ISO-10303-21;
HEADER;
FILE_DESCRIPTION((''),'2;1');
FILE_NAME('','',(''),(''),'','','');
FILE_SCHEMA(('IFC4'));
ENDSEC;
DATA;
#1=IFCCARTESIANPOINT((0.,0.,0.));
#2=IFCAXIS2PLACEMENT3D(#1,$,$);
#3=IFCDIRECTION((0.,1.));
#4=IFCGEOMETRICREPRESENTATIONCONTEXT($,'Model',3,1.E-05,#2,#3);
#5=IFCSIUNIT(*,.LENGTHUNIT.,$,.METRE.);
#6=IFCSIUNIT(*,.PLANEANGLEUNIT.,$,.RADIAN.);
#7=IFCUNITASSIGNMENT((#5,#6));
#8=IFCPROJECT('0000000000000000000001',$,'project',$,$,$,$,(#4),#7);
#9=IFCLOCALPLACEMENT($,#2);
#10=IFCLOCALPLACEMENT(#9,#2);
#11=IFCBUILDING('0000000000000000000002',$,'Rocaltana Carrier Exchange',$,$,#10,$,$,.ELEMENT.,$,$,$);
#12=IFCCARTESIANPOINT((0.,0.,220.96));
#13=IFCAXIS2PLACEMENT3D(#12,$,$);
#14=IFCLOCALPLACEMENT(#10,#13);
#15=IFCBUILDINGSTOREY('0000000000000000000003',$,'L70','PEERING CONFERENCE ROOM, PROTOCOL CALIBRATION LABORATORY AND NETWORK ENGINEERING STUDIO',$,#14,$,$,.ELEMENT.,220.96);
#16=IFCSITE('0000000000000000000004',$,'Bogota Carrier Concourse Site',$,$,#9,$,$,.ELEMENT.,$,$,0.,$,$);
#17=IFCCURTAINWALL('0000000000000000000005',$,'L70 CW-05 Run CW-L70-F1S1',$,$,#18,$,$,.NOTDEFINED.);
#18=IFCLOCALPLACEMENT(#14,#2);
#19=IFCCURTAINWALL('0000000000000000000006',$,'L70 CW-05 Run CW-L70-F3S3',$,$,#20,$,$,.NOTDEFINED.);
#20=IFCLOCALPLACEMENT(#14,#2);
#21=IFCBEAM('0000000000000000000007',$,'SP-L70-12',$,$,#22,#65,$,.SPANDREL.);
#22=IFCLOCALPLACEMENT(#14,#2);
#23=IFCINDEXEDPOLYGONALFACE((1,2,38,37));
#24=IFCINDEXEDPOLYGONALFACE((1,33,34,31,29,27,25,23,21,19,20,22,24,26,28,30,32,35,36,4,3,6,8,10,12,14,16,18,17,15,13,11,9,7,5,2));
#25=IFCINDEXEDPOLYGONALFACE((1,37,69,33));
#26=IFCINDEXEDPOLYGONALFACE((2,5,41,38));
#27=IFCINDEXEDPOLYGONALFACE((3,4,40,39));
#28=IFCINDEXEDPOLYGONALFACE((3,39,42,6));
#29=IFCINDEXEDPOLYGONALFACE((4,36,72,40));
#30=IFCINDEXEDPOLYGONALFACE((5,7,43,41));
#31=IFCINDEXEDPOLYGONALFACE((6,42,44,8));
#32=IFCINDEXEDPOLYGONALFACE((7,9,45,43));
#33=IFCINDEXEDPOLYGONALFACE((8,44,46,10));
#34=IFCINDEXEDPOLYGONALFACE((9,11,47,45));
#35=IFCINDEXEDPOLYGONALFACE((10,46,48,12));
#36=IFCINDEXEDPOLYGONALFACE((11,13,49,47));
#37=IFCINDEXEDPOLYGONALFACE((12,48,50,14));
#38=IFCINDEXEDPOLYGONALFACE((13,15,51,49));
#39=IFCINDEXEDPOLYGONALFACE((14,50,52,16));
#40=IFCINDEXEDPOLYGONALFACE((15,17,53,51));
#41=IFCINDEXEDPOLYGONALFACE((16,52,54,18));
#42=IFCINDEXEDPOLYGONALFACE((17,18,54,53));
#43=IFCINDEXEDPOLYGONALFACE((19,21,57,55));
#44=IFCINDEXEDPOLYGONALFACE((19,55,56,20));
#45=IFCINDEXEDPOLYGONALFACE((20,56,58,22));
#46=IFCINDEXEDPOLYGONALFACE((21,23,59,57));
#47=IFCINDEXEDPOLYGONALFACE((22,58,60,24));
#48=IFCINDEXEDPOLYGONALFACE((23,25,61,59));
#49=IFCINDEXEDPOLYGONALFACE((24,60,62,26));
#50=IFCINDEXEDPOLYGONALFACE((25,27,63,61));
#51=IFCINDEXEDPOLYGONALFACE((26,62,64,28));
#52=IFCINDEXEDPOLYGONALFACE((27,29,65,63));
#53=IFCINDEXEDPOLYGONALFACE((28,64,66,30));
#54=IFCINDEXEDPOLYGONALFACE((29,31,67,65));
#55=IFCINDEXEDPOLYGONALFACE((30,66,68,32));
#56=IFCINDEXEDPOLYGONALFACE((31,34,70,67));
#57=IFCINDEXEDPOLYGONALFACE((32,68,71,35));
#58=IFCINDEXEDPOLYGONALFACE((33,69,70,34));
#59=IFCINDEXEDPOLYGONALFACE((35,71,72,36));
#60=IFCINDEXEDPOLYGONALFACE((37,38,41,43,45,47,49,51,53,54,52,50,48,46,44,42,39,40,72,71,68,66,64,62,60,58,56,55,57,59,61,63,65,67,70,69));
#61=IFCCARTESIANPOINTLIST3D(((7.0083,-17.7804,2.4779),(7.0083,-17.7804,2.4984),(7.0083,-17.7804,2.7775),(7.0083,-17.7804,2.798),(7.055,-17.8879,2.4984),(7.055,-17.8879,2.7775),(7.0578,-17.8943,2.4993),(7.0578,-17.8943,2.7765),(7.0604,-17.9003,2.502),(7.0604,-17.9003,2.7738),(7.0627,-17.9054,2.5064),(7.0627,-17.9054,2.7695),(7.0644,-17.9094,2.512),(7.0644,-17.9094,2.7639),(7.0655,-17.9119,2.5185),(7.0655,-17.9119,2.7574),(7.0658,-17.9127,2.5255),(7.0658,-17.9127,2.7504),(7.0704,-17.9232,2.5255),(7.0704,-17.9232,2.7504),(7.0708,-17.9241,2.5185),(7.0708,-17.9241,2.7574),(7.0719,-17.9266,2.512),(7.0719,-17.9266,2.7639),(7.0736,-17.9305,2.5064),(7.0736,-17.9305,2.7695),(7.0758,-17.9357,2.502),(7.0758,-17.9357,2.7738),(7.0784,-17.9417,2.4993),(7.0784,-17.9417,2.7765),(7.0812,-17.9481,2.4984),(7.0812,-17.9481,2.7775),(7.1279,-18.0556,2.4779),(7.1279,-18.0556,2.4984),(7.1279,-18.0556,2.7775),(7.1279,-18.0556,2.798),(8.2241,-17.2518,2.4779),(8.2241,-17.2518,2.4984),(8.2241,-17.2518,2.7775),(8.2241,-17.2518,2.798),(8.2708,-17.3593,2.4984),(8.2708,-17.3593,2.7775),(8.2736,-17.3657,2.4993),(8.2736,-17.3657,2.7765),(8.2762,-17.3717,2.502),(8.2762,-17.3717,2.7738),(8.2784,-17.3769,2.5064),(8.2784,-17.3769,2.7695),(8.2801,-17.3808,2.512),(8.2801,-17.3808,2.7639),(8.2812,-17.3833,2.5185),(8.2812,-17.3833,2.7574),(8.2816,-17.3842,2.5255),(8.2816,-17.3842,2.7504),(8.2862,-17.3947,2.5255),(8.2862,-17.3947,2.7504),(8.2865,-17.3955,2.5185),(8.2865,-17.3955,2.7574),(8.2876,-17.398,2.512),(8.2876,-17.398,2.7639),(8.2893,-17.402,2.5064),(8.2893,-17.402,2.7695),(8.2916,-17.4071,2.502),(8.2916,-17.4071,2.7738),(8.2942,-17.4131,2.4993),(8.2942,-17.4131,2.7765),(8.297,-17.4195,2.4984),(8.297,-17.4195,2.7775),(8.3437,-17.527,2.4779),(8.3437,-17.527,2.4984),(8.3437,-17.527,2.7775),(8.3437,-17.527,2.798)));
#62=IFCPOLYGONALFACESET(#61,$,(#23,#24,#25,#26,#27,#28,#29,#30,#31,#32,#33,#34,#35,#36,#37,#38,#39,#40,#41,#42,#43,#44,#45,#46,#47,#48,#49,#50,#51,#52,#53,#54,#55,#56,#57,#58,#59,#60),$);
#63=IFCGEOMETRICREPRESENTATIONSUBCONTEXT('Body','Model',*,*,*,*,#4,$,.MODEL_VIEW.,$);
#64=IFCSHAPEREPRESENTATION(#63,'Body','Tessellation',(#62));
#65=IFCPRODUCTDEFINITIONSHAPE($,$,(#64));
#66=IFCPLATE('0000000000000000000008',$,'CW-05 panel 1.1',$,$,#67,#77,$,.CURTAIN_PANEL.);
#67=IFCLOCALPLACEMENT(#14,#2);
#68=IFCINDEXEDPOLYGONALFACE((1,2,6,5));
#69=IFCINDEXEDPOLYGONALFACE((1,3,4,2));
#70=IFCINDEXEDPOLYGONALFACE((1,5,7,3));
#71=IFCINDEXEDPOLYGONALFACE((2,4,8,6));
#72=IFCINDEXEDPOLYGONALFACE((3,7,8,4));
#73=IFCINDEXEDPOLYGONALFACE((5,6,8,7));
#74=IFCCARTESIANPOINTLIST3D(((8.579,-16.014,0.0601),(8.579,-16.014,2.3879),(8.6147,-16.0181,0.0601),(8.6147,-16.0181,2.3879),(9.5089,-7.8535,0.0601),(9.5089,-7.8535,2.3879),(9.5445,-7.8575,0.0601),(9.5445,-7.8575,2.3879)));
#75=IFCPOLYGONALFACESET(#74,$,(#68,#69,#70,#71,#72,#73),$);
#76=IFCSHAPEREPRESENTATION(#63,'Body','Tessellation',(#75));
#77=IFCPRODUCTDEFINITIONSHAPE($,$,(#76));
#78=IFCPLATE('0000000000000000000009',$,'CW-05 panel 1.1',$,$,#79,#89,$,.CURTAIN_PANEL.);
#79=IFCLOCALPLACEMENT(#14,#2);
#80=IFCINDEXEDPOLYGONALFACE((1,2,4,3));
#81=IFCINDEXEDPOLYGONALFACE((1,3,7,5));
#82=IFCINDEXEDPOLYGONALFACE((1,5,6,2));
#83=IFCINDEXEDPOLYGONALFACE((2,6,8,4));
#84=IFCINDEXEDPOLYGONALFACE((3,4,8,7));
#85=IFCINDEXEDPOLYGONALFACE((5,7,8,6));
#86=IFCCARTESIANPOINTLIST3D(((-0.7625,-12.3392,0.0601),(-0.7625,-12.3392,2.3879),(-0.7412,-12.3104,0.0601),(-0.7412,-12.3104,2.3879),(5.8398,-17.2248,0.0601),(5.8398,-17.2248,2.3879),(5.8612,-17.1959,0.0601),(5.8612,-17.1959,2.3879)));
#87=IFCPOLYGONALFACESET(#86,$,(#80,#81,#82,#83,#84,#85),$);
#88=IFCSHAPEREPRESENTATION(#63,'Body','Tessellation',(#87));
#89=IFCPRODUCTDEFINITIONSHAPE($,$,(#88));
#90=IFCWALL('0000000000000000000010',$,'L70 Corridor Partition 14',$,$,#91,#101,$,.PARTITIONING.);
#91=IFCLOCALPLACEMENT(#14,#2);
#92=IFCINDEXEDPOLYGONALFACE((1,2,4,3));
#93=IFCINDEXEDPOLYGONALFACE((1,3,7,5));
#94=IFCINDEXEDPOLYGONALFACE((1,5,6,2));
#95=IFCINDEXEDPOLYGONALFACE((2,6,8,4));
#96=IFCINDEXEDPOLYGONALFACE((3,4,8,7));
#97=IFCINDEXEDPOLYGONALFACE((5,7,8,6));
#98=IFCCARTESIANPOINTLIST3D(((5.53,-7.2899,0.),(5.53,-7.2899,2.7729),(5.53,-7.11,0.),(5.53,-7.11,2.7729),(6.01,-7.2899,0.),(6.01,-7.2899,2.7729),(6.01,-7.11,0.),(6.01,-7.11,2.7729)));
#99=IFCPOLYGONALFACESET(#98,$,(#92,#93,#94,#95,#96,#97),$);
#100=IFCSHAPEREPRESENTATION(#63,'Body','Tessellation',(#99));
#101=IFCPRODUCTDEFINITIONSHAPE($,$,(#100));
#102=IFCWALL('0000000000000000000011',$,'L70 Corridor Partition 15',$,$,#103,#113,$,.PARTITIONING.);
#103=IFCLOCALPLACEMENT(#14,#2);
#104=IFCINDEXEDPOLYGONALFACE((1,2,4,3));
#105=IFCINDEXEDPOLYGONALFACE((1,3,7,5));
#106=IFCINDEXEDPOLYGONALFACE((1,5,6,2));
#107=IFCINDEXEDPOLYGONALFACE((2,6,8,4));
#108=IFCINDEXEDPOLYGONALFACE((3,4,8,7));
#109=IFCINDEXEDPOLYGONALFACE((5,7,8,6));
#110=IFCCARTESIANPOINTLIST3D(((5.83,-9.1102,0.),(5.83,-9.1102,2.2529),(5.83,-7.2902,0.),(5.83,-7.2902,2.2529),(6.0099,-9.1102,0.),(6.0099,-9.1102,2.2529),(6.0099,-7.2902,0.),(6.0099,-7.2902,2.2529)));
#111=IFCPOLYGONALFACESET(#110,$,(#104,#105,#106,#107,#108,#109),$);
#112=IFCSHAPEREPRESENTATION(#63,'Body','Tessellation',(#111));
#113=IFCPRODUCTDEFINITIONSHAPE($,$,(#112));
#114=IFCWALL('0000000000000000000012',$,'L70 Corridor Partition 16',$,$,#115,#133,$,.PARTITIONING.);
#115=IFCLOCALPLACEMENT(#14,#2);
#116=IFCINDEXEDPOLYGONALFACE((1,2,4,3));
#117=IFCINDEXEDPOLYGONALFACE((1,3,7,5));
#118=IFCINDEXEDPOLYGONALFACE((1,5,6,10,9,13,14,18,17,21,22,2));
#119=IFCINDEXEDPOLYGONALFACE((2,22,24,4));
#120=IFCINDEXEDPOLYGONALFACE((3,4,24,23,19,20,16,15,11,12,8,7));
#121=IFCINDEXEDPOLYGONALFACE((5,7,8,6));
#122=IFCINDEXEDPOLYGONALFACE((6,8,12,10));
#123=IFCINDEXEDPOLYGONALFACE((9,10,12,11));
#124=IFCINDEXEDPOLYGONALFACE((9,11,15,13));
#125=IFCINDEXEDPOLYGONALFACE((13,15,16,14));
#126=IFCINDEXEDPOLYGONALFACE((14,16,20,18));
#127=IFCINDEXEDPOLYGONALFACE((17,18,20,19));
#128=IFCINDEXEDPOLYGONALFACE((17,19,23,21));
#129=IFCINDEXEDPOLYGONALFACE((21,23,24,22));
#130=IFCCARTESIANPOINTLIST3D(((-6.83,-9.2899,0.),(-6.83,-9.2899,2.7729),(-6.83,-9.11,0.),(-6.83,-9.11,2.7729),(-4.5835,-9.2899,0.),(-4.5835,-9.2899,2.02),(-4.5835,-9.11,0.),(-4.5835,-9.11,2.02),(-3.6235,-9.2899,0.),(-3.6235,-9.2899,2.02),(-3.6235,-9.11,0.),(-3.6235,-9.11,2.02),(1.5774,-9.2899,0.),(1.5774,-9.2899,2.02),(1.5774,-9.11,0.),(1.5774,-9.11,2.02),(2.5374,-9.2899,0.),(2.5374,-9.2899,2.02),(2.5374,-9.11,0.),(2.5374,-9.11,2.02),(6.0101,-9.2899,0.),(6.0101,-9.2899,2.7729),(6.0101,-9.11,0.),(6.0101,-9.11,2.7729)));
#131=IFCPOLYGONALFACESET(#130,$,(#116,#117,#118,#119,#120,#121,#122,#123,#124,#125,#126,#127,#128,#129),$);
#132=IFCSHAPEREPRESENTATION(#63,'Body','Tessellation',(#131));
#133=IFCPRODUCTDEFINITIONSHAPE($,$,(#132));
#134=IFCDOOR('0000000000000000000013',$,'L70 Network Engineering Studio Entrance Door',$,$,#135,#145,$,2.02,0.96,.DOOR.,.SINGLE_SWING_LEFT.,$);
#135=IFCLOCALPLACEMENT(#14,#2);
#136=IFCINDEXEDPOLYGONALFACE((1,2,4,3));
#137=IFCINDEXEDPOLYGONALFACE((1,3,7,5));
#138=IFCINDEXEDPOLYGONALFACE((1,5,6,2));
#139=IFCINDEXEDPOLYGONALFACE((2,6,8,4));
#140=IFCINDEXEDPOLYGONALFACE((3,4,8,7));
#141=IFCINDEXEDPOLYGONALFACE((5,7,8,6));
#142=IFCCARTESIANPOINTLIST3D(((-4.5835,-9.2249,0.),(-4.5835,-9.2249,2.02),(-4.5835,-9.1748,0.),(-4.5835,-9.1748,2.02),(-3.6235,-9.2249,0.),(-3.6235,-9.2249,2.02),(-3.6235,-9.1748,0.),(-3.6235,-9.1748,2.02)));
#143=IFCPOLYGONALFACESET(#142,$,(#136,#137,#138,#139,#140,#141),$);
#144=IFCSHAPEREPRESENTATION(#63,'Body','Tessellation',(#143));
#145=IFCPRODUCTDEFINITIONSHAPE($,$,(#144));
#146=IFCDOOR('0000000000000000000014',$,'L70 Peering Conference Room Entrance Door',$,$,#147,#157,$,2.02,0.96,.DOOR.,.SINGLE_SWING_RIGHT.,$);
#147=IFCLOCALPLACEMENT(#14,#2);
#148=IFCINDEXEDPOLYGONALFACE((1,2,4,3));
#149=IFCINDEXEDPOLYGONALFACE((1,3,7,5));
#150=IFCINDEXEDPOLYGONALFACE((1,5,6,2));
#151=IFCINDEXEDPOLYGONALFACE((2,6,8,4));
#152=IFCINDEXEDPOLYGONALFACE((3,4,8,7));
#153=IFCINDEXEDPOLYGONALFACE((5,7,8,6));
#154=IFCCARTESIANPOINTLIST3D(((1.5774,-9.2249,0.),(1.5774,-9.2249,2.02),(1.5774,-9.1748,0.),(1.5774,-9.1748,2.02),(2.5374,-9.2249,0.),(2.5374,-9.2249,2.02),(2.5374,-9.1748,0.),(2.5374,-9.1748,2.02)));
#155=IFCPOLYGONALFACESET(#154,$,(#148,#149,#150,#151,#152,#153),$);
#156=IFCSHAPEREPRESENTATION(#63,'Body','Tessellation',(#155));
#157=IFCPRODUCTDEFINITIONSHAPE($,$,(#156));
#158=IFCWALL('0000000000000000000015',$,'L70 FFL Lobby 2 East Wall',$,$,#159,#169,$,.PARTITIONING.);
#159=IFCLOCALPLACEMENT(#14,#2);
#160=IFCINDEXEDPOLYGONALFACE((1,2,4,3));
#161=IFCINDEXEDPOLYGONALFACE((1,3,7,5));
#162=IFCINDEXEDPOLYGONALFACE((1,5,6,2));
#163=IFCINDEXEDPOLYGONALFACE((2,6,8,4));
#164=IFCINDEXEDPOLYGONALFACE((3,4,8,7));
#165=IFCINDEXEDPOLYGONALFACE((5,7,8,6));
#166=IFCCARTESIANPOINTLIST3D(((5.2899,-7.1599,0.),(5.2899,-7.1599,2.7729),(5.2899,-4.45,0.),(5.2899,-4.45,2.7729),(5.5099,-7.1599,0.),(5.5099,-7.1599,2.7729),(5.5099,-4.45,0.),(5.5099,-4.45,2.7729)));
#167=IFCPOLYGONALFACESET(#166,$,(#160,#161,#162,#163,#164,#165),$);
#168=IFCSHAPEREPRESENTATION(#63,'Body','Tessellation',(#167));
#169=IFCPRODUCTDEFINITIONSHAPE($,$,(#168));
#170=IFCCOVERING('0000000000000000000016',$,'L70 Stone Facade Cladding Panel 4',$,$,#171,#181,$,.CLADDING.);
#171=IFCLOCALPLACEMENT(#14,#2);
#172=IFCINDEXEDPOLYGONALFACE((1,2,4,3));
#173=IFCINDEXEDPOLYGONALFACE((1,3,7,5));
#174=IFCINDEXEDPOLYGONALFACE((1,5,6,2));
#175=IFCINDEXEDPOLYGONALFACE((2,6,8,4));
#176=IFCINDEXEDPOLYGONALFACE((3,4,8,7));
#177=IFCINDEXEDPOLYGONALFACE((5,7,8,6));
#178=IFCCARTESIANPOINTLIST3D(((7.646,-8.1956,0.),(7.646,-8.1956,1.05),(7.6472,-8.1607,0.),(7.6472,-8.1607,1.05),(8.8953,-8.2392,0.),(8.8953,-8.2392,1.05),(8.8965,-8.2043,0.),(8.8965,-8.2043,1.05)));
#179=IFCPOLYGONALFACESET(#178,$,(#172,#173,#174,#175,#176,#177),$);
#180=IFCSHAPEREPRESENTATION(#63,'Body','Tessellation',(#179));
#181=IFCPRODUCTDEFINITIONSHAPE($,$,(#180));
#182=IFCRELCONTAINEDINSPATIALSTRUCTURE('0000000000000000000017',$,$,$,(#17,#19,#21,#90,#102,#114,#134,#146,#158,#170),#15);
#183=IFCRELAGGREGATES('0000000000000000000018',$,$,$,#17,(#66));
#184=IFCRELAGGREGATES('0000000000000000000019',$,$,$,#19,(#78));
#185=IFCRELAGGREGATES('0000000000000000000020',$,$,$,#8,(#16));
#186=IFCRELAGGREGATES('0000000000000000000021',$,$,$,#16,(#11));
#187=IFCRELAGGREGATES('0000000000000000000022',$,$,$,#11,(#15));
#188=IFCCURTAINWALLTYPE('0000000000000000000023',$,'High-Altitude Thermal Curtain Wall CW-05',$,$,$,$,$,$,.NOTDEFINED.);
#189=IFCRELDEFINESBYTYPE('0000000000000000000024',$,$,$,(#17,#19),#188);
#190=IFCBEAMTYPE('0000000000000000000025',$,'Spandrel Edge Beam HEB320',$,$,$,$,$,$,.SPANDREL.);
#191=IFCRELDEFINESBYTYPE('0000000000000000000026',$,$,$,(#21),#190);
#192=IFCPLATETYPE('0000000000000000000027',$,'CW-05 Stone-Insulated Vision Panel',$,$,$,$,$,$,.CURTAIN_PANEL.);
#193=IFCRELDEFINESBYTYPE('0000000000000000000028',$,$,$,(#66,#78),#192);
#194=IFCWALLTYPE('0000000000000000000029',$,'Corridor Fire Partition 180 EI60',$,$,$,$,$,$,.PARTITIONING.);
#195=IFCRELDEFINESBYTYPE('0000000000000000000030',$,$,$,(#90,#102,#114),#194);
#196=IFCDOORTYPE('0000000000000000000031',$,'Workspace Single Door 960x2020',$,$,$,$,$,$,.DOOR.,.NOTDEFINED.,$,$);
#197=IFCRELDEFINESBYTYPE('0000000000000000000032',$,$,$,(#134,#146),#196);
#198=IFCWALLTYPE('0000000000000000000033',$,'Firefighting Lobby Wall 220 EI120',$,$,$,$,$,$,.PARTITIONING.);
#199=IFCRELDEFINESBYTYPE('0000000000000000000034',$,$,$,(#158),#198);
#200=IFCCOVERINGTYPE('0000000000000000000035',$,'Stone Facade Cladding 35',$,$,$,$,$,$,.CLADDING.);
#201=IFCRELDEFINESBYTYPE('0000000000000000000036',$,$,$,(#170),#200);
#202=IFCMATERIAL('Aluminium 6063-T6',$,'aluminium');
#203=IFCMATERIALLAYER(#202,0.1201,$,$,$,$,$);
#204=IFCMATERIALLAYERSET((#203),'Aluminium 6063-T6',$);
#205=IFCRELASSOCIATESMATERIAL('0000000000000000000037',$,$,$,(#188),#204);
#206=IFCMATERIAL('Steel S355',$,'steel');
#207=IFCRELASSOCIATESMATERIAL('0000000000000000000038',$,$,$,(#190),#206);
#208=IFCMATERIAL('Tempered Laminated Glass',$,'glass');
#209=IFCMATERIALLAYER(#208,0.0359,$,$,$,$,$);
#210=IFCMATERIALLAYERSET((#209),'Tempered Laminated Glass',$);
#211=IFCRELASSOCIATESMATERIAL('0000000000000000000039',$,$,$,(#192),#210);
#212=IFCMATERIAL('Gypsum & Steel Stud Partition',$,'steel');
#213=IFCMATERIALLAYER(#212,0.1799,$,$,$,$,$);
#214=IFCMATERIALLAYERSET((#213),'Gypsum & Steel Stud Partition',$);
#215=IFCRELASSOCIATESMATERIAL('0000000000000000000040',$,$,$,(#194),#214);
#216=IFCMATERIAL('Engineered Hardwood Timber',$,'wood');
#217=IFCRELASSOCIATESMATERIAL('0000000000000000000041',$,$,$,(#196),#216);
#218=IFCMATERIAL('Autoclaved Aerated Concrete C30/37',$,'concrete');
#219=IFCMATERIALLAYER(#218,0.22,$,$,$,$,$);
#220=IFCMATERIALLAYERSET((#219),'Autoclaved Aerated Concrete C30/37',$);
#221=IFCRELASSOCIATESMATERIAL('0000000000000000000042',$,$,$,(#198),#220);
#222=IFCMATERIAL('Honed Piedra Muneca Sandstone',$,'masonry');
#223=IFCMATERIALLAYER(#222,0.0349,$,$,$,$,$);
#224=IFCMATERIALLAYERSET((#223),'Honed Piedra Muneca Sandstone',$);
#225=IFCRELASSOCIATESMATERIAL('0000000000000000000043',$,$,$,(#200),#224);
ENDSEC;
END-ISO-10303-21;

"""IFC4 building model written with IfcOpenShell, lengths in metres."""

from ifc_helpers import new_model, si_unit, direction, frame, frame_2d, origin, origin_2d, place, context, subcontext, project, spatial, rectangle, i_section, extrude, material, layer, layer_set, material_profile, profile_set, type_object, element, fill, aggregate, save


model = new_model("IFC4")

# Units and contexts
model_context = context("Model", 3, precision=1e-05, world=origin(), true_north=direction((0.0, 1.0)))
body_context = subcontext(model_context, "Body", "Model", "MODEL_VIEW")
ifc_project = project(units=[si_unit("LENGTHUNIT", "METRE"), si_unit("PLANEANGLEUNIT", "RADIAN")], contexts=[model_context])

# Site, building, storey
site_placement = place(None, origin())
site = spatial("IfcSite", under=ifc_project, at=site_placement, Name="Bogota Carrier Concourse Site", CompositionType="ELEMENT", RefElevation=0.0)
building_placement = place(site_placement, origin())
building = spatial("IfcBuilding", under=site, at=building_placement, Name="Rocaltana Carrier Exchange", CompositionType="ELEMENT")
storey_placement = place(building_placement, frame((0.0, 0.0, 220.96)))
storey = spatial("IfcBuildingStorey", under=building, at=storey_placement, Name="L70", Description="PEERING CONFERENCE ROOM, PROTOCOL CALIBRATION LABORATORY AND NETWORK ENGINEERING STUDIO", CompositionType="ELEMENT", Elevation=220.96)

# Curtain wall
ifc_material_1 = material(Name="Aluminium 6063-T6", Category="aluminium")
ifc_layer_1 = layer(ifc_material_1, 0.1201)
ifc_layer_set_1 = layer_set([ifc_layer_1], Name="Aluminium 6063-T6")
curtain_wall_type = type_object("IfcCurtainWallType", Name="High-Altitude Thermal Curtain Wall CW-05", PredefinedType="NOTDEFINED", material=ifc_layer_set_1)
curtain_wall_1_placement = place(storey_placement, origin())
curtain_wall_1 = element("IfcCurtainWall", 1, at=curtain_wall_1_placement, inside=storey, type_object=curtain_wall_type, Name="L70 CW-05 Run CW-L70-F1S1", PredefinedType="NOTDEFINED")

# Curtain wall
curtain_wall_2_placement = place(storey_placement, origin())
curtain_wall_2 = element("IfcCurtainWall", 2, at=curtain_wall_2_placement, inside=storey, type_object=curtain_wall_type, Name="L70 CW-05 Run CW-L70-F3S3", PredefinedType="NOTDEFINED")

# Beam
ifc_material_2 = material(Name="Steel S355", Category="steel")
ifc_material_profile_1 = material_profile(ifc_material_2, i_section(OverallWidth=0.3, OverallDepth=0.3201, WebThickness=0.0115, FlangeThickness=0.0205, FilletRadius=0.0271, at=origin_2d()), Name="HEB320")
ifc_profile_set_1 = profile_set([ifc_material_profile_1], Name="Steel S355")
beam_type_1 = type_object("IfcBeamType", Name="Spandrel Edge Beam HEB320", PredefinedType="SPANDREL", material=ifc_profile_set_1)
beam_1_placement = place(storey_placement, frame((7.0681, -17.918, 2.6379), z_axis=(0.917085, 0.398692, 0.0), x_axis=(-0.398692, 0.917085, 0.0)))
element("IfcBeam", 3, at=beam_1_placement, inside=storey, type_object=beam_type_1, Name="SP-L70-12", PredefinedType="SPANDREL", context=body_context, shape_type="SweptSolid", body=[
    extrude(i_section(OverallWidth=0.3, OverallDepth=0.3201, WebThickness=0.0115, FlangeThickness=0.0205, FilletRadius=0.0271, at=origin_2d()), origin(), (0.0, 0.0, 1.0), 1.3257),
])

# Plates
ifc_material_3 = material(Name="Tempered Laminated Glass", Category="glass")
ifc_layer_2 = layer(ifc_material_3, 0.0359)
ifc_layer_set_2 = layer_set([ifc_layer_2], Name="Tempered Laminated Glass")
plate_type = type_object("IfcPlateType", Name="CW-05 Stone-Insulated Vision Panel", PredefinedType="CURTAIN_PANEL", material=ifc_layer_set_2)
plate_1_placement = place(storey_placement, frame((9.0618, -11.9358, 0.0601), z_axis=(0.0, 0.0, 1.0), x_axis=(0.113209, 0.993571, 0.0)))
plate_1 = element("IfcPlate", 4, at=plate_1_placement, type_object=plate_type, Name="CW-05 panel 1.1", PredefinedType="CURTAIN_PANEL", context=body_context, shape_type="SweptSolid", body=[
    extrude(rectangle(XDim=8.2134, YDim=0.0359, at=origin_2d()), origin(), (0.0, 0.0, 1.0), 2.3279),
])
aggregate(curtain_wall_1, [plate_1])
plate_2_placement = place(storey_placement, frame((2.5493, -14.7676, 0.0601), z_axis=(0.0, 0.0, 1.0), x_axis=(0.803854, -0.594827, 0.0)))
plate_2 = element("IfcPlate", 5, at=plate_2_placement, type_object=plate_type, Name="CW-05 panel 1.1", PredefinedType="CURTAIN_PANEL", context=body_context, shape_type="SweptSolid", body=[
    extrude(rectangle(XDim=8.2134, YDim=0.0359, at=origin_2d()), origin(), (0.0, 0.0, 1.0), 2.3279),
])
aggregate(curtain_wall_2, [plate_2])

# Walls
ifc_material_4 = material(Name="Gypsum & Steel Stud Partition", Category="steel")
ifc_layer_3 = layer(ifc_material_4, 0.1799)
ifc_layer_set_3 = layer_set([ifc_layer_3], Name="Gypsum & Steel Stud Partition")
wall_type_1 = type_object("IfcWallType", Name="Corridor Fire Partition 180 EI60", PredefinedType="PARTITIONING", material=ifc_layer_set_3)
wall_1_placement = place(storey_placement, frame((5.53, -7.2, 0.0), z_axis=(0.0, 0.0, 1.0), x_axis=(1.0, 0.0, 0.0)))
element("IfcWall", 6, at=wall_1_placement, inside=storey, type_object=wall_type_1, Name="L70 Corridor Partition 14", PredefinedType="PARTITIONING", context=body_context, shape_type="SweptSolid", body=[
    extrude(rectangle(XDim=0.48, YDim=0.1799, at=frame_2d((0.24, 0.0))), origin(), (0.0, 0.0, 1.0), 2.7729),
])
wall_2_placement = place(storey_placement, frame((5.9199, -7.29, 0.0), z_axis=(0.0, 0.0, 1.0), x_axis=(0.0, -1.0, 0.0)))
element("IfcWall", 7, at=wall_2_placement, inside=storey, type_object=wall_type_1, Name="L70 Corridor Partition 15", PredefinedType="PARTITIONING", context=body_context, shape_type="SweptSolid", body=[
    extrude(rectangle(XDim=1.8201, YDim=0.1799, at=frame_2d((0.9102, 0.0))), origin(), (0.0, 0.0, 1.0), 2.2529),
])

# Wall, openings, doors
wall_3_placement = place(storey_placement, frame((6.01, -9.2, 0.0), z_axis=(0.0, 0.0, 1.0), x_axis=(-1.0, 0.0, 0.0)))
wall_3 = element("IfcWall", 8, at=wall_3_placement, inside=storey, type_object=wall_type_1, Name="L70 Corridor Partition 16", PredefinedType="PARTITIONING", context=body_context, shape_type="SweptSolid", body=[
    extrude(rectangle(XDim=12.8401, YDim=0.1799, at=frame_2d((6.4199, 0.0))), origin(), (0.0, 0.0, 1.0), 2.7729),
])
opening_1_placement = place(wall_3_placement, frame((9.6335, 0.0, 0.0)))
opening_1 = element("IfcOpeningElement", 9, at=opening_1_placement, cuts=wall_3, PredefinedType="OPENING", context=body_context, shape_type="SweptSolid", body=[
    extrude(rectangle(XDim=0.96, YDim=2.02, at=frame_2d((0.48, 1.01))), frame((0.0, 0.0999, 0.0), z_axis=(0.0, -1.0, 0.0), x_axis=(1.0, 0.0, 0.0)), (0.0, 0.0, 1.0), 0.2),
])
opening_2_placement = place(wall_3_placement, frame((3.4727, 0.0, 0.0)))
opening_2 = element("IfcOpeningElement", 10, at=opening_2_placement, cuts=wall_3, PredefinedType="OPENING", context=body_context, shape_type="SweptSolid", body=[
    extrude(rectangle(XDim=0.96, YDim=2.02, at=frame_2d((0.48, 1.01))), frame((0.0, 0.0999, 0.0), z_axis=(0.0, -1.0, 0.0), x_axis=(1.0, 0.0, 0.0)), (0.0, 0.0, 1.0), 0.2),
])
ifc_material_5 = material(Name="Engineered Hardwood Timber", Category="wood")
door_type = type_object("IfcDoorType", Name="Workspace Single Door 960x2020", OperationType="NOTDEFINED", PredefinedType="DOOR", material=ifc_material_5)
door_1_placement = place(opening_1_placement, origin())
door_1 = element("IfcDoor", 11, at=door_1_placement, inside=storey, type_object=door_type, Name="L70 Network Engineering Studio Entrance Door", OperationType="SINGLE_SWING_LEFT", OverallHeight=2.02, OverallWidth=0.96, PredefinedType="DOOR", context=body_context, shape_type="SweptSolid", body=[
    extrude(rectangle(XDim=0.96, YDim=2.02, at=frame_2d((0.48, 1.01))), frame((0.0, 0.0249, 0.0), z_axis=(0.0, -1.0, 0.0), x_axis=(1.0, 0.0, 0.0)), (0.0, 0.0, 1.0), 0.05),
])
fill(opening_1, door_1)
door_2_placement = place(opening_2_placement, origin())
door_2 = element("IfcDoor", 12, at=door_2_placement, inside=storey, type_object=door_type, Name="L70 Peering Conference Room Entrance Door", OperationType="SINGLE_SWING_RIGHT", OverallHeight=2.02, OverallWidth=0.96, PredefinedType="DOOR", context=body_context, shape_type="SweptSolid", body=[
    extrude(rectangle(XDim=0.96, YDim=2.02, at=frame_2d((0.48, 1.01))), frame((0.0, 0.0249, 0.0), z_axis=(0.0, -1.0, 0.0), x_axis=(1.0, 0.0, 0.0)), (0.0, 0.0, 1.0), 0.05),
])
fill(opening_2, door_2)

# Wall
ifc_material_6 = material(Name="Autoclaved Aerated Concrete C30/37", Category="concrete")
ifc_layer_4 = layer(ifc_material_6, 0.22)
ifc_layer_set_4 = layer_set([ifc_layer_4], Name="Autoclaved Aerated Concrete C30/37")
wall_type_2 = type_object("IfcWallType", Name="Firefighting Lobby Wall 220 EI120", PredefinedType="PARTITIONING", material=ifc_layer_set_4)
wall_4_placement = place(storey_placement, frame((5.3999, -7.1599, 0.0), z_axis=(0.0, 0.0, 1.0), x_axis=(0.0, 1.0, 0.0)))
element("IfcWall", 13, at=wall_4_placement, inside=storey, type_object=wall_type_2, Name="L70 FFL Lobby 2 East Wall", PredefinedType="PARTITIONING", context=body_context, shape_type="SweptSolid", body=[
    extrude(rectangle(XDim=2.71, YDim=0.22, at=frame_2d((1.355, 0.0))), origin(), (0.0, 0.0, 1.0), 2.7729),
])

# Covering
ifc_material_7 = material(Name="Honed Piedra Muneca Sandstone", Category="masonry")
ifc_layer_5 = layer(ifc_material_7, 0.0349)
ifc_layer_set_5 = layer_set([ifc_layer_5], Name="Honed Piedra Muneca Sandstone")
covering_type = type_object("IfcCoveringType", Name="Stone Facade Cladding 35", PredefinedType="CLADDING", material=ifc_layer_set_5)
covering_placement = place(storey_placement, frame((8.2712, -8.2, 0.0), z_axis=(0.0, 0.0, 1.0), x_axis=(-0.999391, 0.034899, 0.0)))
element("IfcCovering", 14, at=covering_placement, inside=storey, type_object=covering_type, Name="L70 Stone Facade Cladding Panel 4", PredefinedType="CLADDING", context=body_context, shape_type="SweptSolid", body=[
    extrude(rectangle(XDim=1.25, YDim=0.0349, at=origin_2d()), origin(), (0.0, 0.0, 1.0), 1.05),
])

save(model, "model.ifc")
